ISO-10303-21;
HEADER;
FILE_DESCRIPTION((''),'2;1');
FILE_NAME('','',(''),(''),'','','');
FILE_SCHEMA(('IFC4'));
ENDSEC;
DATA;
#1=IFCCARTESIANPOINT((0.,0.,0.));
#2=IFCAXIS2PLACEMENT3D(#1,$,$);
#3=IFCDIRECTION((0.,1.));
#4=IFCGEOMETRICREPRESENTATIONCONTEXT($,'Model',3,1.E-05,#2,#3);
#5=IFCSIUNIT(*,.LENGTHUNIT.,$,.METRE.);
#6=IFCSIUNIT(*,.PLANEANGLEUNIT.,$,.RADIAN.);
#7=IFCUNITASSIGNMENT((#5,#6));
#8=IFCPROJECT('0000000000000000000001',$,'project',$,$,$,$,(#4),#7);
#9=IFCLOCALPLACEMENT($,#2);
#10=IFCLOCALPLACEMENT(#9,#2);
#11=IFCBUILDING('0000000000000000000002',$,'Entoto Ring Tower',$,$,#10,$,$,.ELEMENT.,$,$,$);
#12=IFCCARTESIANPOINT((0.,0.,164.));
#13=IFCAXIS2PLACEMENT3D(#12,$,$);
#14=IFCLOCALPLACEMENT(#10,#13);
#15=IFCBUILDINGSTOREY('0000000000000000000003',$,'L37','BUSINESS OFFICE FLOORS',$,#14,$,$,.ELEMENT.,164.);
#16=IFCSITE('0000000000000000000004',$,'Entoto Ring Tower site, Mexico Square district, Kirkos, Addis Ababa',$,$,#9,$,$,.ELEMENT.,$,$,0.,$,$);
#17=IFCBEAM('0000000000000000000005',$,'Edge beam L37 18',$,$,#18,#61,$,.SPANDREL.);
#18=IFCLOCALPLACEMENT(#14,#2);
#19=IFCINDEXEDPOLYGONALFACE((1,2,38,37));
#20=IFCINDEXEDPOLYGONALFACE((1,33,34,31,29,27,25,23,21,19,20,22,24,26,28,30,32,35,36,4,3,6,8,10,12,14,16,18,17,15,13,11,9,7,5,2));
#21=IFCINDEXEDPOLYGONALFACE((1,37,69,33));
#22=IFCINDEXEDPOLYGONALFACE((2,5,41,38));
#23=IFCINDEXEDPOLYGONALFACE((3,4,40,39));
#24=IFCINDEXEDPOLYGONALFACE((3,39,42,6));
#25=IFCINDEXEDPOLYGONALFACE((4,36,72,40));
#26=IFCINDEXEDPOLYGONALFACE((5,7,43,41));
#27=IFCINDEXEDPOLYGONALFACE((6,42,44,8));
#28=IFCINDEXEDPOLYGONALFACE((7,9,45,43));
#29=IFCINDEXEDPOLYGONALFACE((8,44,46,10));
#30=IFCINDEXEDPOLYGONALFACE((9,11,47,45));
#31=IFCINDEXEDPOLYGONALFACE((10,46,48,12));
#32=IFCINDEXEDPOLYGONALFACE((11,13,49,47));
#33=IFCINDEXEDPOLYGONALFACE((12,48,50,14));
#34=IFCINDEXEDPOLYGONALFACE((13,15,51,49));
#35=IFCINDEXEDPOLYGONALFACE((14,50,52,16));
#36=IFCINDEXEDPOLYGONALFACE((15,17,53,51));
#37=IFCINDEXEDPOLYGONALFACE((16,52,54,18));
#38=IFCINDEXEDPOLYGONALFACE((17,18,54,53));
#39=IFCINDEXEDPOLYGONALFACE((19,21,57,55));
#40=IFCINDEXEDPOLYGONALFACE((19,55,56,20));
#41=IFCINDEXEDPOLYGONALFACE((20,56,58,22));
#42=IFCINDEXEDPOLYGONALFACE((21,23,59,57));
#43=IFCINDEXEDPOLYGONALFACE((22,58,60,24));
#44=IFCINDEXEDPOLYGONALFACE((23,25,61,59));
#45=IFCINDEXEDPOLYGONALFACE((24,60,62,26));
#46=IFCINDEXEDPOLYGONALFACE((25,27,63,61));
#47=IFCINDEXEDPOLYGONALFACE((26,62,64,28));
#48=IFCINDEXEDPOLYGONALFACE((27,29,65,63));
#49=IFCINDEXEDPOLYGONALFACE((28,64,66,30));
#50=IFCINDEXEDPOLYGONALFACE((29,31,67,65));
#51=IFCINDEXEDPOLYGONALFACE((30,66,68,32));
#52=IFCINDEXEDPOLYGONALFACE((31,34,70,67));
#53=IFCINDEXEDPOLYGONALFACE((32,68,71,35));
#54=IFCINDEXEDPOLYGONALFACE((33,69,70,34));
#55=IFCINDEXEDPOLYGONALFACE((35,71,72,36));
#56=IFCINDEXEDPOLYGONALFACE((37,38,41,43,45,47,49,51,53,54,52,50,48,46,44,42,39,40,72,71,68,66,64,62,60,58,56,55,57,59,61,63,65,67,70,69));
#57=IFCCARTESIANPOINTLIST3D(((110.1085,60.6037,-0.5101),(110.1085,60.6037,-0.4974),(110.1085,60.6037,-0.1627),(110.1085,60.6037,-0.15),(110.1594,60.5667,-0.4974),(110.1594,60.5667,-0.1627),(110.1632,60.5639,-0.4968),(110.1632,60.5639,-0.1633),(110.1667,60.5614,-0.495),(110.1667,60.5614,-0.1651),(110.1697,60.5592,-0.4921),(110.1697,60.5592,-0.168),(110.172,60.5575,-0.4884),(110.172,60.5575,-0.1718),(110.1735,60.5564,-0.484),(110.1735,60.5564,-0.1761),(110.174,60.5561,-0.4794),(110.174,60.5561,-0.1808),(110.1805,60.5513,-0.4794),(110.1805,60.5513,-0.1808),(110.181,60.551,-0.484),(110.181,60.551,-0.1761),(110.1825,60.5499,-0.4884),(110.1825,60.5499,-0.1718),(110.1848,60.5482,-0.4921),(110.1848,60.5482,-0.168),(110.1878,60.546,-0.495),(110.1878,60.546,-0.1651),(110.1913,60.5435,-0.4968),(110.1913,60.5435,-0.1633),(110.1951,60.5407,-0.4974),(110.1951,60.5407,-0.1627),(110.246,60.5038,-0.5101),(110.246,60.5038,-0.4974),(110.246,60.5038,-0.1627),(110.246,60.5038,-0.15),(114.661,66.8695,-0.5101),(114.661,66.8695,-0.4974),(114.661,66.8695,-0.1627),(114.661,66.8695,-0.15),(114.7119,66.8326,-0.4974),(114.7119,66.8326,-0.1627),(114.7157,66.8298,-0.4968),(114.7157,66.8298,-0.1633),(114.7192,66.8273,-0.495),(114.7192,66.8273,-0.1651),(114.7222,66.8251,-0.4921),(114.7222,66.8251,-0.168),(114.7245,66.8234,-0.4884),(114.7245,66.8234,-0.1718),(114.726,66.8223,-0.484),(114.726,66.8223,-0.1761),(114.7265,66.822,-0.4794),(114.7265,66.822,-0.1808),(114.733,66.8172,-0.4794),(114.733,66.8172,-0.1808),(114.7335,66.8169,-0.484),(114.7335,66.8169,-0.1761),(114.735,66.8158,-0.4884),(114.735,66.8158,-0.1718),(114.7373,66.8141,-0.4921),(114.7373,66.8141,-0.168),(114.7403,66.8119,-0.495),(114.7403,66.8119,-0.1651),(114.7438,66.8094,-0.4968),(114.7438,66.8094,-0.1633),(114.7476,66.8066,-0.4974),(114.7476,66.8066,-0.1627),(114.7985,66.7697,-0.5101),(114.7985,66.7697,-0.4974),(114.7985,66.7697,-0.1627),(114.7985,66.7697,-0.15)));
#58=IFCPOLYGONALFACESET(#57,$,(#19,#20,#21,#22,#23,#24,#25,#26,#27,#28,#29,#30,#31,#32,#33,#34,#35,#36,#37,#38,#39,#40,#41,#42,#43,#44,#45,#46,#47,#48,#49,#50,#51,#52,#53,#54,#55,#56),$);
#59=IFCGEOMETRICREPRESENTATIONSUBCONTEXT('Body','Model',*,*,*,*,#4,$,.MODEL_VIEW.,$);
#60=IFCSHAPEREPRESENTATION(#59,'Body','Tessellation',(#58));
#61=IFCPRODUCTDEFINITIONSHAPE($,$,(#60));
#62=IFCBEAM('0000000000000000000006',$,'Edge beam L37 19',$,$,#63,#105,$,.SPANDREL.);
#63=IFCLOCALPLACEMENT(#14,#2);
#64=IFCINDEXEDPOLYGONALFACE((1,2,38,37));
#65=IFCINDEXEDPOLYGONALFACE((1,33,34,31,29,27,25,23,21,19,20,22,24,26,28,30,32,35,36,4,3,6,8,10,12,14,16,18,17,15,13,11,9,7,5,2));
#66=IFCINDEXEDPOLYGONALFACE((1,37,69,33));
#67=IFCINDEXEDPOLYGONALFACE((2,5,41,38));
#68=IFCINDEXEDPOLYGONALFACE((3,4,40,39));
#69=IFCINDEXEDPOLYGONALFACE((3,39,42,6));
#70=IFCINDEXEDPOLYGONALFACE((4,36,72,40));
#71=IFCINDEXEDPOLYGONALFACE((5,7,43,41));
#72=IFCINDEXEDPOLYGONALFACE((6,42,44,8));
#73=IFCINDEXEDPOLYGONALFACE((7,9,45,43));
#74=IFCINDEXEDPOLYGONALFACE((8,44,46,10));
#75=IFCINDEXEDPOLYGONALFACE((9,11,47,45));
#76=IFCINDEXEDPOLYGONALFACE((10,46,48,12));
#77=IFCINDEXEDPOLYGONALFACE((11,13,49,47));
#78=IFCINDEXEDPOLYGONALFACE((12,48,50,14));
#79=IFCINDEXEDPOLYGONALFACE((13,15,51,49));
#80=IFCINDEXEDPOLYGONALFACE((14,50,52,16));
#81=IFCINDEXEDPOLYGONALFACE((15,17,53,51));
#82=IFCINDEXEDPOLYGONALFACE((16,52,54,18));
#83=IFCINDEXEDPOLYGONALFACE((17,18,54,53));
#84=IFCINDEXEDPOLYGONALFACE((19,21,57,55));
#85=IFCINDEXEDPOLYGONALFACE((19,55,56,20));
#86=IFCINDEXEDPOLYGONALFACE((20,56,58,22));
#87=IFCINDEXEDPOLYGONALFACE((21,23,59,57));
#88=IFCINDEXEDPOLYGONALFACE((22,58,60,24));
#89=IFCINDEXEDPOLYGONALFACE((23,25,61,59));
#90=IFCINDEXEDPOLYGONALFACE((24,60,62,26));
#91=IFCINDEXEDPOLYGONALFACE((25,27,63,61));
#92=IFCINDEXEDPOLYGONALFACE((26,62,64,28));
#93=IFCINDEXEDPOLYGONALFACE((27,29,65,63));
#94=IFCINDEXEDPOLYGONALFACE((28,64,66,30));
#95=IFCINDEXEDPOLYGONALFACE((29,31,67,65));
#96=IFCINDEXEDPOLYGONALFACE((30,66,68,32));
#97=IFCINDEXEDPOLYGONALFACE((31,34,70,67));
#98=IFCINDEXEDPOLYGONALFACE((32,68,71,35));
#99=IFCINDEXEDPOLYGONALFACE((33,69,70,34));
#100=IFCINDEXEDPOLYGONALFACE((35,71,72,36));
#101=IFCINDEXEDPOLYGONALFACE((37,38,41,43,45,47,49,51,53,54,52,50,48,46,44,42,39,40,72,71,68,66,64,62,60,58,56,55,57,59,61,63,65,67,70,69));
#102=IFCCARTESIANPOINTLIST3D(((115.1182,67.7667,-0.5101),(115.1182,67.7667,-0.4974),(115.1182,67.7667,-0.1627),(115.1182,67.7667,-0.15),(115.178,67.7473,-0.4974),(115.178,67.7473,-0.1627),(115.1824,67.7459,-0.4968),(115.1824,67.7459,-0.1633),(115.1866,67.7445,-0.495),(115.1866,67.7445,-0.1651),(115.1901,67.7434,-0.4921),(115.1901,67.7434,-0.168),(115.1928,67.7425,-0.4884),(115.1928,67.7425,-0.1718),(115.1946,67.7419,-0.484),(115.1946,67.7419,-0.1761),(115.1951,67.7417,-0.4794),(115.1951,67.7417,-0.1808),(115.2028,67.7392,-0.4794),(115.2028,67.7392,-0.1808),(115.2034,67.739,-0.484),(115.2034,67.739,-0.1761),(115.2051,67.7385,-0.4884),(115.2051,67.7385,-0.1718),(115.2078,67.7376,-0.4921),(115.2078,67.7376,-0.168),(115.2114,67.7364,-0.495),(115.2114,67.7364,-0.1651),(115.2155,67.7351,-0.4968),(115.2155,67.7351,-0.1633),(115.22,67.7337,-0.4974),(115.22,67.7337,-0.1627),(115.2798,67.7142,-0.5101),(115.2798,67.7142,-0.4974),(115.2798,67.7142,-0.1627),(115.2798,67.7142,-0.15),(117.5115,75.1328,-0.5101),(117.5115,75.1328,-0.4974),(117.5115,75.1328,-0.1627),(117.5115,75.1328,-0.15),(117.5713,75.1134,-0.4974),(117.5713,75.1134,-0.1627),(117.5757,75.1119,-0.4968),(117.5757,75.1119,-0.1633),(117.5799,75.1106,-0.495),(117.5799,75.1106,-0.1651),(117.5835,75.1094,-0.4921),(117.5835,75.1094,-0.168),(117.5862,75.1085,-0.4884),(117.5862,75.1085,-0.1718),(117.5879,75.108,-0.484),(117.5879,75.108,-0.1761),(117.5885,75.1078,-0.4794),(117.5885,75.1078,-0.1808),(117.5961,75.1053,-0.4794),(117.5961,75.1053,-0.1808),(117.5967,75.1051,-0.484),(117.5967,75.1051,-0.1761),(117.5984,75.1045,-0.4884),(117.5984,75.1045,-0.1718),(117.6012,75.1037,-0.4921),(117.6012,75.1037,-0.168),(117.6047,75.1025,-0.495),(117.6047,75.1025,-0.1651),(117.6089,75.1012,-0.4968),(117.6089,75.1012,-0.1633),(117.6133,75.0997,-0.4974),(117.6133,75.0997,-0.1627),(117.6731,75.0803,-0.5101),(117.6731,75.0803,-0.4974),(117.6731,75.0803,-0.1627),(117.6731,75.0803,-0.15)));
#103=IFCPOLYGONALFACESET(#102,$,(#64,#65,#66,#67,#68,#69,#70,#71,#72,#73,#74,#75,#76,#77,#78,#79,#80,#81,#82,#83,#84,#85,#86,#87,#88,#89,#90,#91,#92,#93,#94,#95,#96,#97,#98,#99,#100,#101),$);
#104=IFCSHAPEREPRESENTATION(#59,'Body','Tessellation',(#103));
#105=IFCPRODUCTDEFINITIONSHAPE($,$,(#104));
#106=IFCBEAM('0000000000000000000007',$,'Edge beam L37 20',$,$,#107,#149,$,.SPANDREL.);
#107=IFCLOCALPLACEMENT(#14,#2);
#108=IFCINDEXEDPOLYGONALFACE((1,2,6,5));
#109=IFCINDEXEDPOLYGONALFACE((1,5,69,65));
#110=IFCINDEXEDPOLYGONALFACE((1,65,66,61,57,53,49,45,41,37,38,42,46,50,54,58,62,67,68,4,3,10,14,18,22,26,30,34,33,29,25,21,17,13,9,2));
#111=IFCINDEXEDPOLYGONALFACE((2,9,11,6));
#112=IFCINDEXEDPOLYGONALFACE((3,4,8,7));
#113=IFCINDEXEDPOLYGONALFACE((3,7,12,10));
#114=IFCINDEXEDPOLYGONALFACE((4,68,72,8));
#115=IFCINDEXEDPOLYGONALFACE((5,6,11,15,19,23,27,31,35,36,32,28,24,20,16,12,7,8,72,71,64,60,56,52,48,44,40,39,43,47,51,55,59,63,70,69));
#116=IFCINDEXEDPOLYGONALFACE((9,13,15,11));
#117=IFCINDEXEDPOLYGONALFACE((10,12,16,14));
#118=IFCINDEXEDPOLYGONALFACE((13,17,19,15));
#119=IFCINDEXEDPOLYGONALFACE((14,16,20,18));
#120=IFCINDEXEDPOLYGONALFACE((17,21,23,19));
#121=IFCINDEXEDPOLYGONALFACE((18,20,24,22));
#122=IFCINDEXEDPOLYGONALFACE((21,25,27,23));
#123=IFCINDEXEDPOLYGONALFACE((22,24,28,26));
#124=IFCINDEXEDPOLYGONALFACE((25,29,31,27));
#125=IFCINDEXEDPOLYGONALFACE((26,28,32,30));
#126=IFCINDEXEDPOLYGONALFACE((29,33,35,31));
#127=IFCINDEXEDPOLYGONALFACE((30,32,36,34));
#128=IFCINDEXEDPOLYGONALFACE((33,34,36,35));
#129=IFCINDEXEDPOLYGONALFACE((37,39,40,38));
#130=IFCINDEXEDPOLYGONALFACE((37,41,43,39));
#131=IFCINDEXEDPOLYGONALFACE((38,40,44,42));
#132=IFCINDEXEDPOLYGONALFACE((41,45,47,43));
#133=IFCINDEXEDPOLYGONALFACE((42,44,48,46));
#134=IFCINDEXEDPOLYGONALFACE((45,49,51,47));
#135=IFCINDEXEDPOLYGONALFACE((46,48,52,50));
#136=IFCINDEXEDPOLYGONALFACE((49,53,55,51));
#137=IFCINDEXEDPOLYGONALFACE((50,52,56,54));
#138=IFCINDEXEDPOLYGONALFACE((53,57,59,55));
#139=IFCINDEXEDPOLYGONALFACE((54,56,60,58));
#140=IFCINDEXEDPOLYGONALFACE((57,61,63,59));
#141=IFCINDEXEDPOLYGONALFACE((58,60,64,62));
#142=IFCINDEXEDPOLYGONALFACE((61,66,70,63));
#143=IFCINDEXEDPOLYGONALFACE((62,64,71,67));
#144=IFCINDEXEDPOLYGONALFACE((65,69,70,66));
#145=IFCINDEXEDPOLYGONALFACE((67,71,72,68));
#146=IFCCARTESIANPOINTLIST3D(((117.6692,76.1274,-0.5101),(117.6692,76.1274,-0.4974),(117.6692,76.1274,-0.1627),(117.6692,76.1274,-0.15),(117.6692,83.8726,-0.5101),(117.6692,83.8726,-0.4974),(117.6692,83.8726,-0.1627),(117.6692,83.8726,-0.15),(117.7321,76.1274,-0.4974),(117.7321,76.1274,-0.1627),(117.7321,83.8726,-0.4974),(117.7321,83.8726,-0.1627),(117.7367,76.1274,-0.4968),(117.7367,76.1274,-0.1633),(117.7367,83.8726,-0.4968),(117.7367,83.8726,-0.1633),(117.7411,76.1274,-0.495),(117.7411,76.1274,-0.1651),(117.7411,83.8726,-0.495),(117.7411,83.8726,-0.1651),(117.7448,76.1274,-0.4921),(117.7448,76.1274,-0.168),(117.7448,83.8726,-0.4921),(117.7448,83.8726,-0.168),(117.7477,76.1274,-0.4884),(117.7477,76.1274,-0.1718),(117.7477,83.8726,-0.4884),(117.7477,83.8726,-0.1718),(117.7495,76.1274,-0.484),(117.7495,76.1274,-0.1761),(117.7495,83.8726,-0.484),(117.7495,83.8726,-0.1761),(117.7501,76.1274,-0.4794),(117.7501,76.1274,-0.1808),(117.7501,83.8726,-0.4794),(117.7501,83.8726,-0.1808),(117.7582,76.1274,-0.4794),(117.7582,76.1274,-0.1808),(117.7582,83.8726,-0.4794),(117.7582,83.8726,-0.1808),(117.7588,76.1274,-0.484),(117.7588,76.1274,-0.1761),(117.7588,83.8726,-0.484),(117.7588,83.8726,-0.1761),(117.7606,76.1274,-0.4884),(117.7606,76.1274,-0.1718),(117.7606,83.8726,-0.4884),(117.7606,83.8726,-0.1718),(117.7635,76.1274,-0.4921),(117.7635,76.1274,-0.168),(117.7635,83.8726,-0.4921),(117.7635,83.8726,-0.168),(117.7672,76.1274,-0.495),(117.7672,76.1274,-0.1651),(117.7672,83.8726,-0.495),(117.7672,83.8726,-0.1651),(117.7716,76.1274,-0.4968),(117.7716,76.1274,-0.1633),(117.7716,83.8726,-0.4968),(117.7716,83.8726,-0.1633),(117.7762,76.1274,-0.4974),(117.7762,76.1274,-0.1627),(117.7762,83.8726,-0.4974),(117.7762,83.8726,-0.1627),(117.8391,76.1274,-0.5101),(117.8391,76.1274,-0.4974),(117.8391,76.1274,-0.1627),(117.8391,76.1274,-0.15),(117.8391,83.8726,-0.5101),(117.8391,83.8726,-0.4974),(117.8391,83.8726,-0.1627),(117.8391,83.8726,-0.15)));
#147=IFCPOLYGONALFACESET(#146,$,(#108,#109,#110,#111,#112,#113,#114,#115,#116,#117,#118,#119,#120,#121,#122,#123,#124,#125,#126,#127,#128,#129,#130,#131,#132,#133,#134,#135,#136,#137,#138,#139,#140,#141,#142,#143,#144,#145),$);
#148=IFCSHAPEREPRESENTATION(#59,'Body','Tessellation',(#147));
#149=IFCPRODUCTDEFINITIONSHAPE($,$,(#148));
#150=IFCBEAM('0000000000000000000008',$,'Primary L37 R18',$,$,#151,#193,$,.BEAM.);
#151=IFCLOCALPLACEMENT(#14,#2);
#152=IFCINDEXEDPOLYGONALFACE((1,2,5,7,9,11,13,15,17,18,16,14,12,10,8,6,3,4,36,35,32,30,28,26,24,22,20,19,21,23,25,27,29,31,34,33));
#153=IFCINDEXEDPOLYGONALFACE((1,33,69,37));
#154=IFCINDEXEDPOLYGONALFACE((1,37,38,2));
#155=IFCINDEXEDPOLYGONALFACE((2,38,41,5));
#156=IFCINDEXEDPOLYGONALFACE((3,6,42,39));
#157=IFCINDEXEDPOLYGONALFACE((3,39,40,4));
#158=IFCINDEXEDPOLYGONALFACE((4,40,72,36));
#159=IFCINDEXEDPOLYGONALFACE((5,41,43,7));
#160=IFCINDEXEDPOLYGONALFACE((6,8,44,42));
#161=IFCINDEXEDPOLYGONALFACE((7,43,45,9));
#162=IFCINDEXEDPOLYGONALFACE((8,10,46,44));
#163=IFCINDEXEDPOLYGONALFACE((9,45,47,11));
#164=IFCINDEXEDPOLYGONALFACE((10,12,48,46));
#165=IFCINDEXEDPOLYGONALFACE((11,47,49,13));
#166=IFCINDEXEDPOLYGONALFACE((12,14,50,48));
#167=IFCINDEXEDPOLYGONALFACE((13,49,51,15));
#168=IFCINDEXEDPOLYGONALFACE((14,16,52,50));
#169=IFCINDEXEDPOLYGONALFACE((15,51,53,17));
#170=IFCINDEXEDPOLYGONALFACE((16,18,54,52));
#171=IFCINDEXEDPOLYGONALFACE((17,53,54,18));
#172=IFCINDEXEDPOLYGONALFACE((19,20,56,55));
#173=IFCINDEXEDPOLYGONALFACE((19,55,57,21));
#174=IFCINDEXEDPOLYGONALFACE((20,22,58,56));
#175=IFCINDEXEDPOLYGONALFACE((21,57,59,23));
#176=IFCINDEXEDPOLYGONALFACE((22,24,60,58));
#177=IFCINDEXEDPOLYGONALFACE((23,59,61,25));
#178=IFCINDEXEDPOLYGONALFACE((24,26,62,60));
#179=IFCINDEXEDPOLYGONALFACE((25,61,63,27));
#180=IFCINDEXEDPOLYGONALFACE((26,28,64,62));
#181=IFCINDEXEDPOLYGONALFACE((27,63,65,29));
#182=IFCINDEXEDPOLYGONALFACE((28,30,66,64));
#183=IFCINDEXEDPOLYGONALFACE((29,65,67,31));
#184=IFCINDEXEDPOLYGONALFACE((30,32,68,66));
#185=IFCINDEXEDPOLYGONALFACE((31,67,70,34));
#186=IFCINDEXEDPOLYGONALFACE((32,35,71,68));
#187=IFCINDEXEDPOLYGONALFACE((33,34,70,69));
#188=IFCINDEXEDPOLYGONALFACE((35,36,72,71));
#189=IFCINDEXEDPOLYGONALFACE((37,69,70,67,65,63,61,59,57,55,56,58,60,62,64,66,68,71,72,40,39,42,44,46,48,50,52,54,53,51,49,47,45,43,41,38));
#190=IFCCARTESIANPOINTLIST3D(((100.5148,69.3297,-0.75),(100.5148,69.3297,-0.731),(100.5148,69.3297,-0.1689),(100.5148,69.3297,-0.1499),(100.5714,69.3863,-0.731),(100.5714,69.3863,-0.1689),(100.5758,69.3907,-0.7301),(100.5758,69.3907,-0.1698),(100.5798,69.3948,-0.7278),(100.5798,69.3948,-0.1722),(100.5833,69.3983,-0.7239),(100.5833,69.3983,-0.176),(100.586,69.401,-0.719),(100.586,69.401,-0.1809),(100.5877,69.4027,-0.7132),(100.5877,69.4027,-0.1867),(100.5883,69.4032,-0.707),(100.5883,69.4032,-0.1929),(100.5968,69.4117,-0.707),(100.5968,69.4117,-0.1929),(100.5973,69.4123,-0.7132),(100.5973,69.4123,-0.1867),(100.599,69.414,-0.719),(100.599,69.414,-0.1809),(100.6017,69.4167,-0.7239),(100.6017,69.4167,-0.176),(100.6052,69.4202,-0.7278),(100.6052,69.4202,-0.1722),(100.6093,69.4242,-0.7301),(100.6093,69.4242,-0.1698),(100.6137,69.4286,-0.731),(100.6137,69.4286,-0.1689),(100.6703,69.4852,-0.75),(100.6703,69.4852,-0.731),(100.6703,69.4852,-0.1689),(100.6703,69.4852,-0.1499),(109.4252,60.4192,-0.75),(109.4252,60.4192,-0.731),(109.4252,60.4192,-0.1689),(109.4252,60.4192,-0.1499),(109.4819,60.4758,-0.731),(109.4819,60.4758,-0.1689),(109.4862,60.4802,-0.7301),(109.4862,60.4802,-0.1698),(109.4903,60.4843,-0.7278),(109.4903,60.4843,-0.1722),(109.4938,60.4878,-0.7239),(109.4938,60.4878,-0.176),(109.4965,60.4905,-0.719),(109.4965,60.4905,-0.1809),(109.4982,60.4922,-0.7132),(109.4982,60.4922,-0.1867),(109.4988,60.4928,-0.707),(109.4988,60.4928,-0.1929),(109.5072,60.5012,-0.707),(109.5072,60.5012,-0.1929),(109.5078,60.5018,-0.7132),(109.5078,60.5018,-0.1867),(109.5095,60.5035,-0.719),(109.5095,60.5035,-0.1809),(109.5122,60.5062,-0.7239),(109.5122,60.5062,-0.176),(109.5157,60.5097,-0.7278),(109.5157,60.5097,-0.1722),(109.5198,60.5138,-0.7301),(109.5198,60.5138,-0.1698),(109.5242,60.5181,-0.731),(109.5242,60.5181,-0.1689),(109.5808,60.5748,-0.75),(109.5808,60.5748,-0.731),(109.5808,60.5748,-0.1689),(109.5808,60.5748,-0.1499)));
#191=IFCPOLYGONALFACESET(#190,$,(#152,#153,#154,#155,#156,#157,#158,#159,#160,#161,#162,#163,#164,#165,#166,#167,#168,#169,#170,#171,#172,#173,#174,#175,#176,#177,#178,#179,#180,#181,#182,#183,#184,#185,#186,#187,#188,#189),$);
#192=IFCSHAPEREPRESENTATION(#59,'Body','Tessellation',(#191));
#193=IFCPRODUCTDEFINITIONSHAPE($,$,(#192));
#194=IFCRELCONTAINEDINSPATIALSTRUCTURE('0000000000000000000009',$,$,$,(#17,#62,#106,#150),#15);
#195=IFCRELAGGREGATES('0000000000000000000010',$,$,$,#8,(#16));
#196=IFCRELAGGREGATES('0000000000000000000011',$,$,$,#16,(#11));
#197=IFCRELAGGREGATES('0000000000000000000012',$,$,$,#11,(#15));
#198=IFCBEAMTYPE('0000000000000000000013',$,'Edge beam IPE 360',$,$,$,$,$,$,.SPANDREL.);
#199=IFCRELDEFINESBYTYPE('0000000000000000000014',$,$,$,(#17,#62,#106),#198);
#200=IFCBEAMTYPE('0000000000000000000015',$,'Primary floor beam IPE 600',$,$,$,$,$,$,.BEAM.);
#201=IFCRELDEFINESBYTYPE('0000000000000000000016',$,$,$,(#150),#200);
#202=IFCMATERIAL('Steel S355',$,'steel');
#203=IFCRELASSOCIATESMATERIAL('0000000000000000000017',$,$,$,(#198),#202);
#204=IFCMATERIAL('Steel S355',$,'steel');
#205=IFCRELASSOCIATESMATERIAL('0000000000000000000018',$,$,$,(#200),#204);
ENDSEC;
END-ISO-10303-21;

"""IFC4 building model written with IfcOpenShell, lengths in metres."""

from ifc_helpers import new_model, si_unit, direction, frame, origin, origin_2d, place, context, subcontext, project, spatial, i_section, extrude, material, material_profile, profile_set, type_object, element, save


model = new_model("IFC4")

# Units and contexts
model_context = context("Model", 3, precision=1e-05, world=origin(), true_north=direction((0.0, 1.0)))
body_context = subcontext(model_context, "Body", "Model", "MODEL_VIEW")
ifc_project = project(units=[si_unit("LENGTHUNIT", "METRE"), si_unit("PLANEANGLEUNIT", "RADIAN")], contexts=[model_context])

# Site, building, storey
site_placement = place(None, origin())
site = spatial("IfcSite", under=ifc_project, at=site_placement, Name="Entoto Ring Tower site, Mexico Square district, Kirkos, Addis Ababa", CompositionType="ELEMENT", RefElevation=0.0)
building_placement = place(site_placement, origin())
building = spatial("IfcBuilding", under=site, at=building_placement, Name="Entoto Ring Tower", CompositionType="ELEMENT")
storey_placement = place(building_placement, frame((0.0, 0.0, 164.0)))
storey = spatial("IfcBuildingStorey", under=building, at=storey_placement, Name="L37", Description="BUSINESS OFFICE FLOORS", CompositionType="ELEMENT", Elevation=164.0)

# Beams
ifc_material_1 = material(Name="Steel S355", Category="steel")
ifc_material_profile_1 = material_profile(ifc_material_1, i_section(OverallWidth=0.1699, OverallDepth=0.3601, WebThickness=0.0081, FlangeThickness=0.0127, FilletRadius=0.0181, at=origin_2d()), Name="IPE 360")
ifc_profile_set_1 = profile_set([ifc_material_profile_1], Name="Steel S355")
beam_type_1 = type_object("IfcBeamType", Name="Edge beam IPE 360", PredefinedType="SPANDREL", material=ifc_profile_set_1)
for number, where, z_axis, x_axis, name in (
    (1, (110.1772, 60.5537, -0.3301), (0.587791, 0.809013, 0.0), (-0.809013, 0.587791, 0.0), "Edge beam L37 18"),
    (2, (115.199, 67.7405, -0.3301), (0.309013, 0.951058, 0.0), (-0.951058, 0.309013, 0.0), "Edge beam L37 19"),
    (3, (117.7542, 76.1274, -0.3301), (0.0, 1.0, 0.0), (-1.0, 0.0, 0.0), "Edge beam L37 20"),
):
    element("IfcBeam", number, at=place(storey_placement, frame(where, z_axis=z_axis, x_axis=x_axis)), inside=storey, type_object=beam_type_1, Name=name, PredefinedType="SPANDREL", context=body_context, shape_type="SweptSolid", body=[
        extrude(i_section(OverallWidth=0.1699, OverallDepth=0.3601, WebThickness=0.0081, FlangeThickness=0.0127, FilletRadius=0.0181, at=origin_2d()), origin(), (0.0, 0.0, 1.0), 7.7451),
    ])
ifc_material_2 = material(Name="Steel S355", Category="steel")
ifc_material_profile_2 = material_profile(ifc_material_2, i_section(OverallWidth=0.22, OverallDepth=0.6001, WebThickness=0.012, FlangeThickness=0.019, FilletRadius=0.0239, at=origin_2d()), Name="IPE 600")
ifc_profile_set_2 = profile_set([ifc_material_profile_2], Name="Steel S355")
beam_type_2 = type_object("IfcBeamType", Name="Primary floor beam IPE 600", PredefinedType="BEAM", material=ifc_profile_set_2)
beam_1_placement = place(storey_placement, frame((100.5925, 69.4075, -0.45), z_axis=(0.707107, -0.707107, 0.0), x_axis=(0.707107, 0.707107, 0.0)))
element("IfcBeam", 4, at=beam_1_placement, inside=storey, type_object=beam_type_2, Name="Primary L37 R18", PredefinedType="BEAM", context=body_context, shape_type="SweptSolid", body=[
    extrude(i_section(OverallWidth=0.22, OverallDepth=0.6001, WebThickness=0.012, FlangeThickness=0.019, FilletRadius=0.0239, at=origin_2d()), origin(), (0.0, 0.0, 1.0), 12.6013),
])

save(model, "model.ifc")
